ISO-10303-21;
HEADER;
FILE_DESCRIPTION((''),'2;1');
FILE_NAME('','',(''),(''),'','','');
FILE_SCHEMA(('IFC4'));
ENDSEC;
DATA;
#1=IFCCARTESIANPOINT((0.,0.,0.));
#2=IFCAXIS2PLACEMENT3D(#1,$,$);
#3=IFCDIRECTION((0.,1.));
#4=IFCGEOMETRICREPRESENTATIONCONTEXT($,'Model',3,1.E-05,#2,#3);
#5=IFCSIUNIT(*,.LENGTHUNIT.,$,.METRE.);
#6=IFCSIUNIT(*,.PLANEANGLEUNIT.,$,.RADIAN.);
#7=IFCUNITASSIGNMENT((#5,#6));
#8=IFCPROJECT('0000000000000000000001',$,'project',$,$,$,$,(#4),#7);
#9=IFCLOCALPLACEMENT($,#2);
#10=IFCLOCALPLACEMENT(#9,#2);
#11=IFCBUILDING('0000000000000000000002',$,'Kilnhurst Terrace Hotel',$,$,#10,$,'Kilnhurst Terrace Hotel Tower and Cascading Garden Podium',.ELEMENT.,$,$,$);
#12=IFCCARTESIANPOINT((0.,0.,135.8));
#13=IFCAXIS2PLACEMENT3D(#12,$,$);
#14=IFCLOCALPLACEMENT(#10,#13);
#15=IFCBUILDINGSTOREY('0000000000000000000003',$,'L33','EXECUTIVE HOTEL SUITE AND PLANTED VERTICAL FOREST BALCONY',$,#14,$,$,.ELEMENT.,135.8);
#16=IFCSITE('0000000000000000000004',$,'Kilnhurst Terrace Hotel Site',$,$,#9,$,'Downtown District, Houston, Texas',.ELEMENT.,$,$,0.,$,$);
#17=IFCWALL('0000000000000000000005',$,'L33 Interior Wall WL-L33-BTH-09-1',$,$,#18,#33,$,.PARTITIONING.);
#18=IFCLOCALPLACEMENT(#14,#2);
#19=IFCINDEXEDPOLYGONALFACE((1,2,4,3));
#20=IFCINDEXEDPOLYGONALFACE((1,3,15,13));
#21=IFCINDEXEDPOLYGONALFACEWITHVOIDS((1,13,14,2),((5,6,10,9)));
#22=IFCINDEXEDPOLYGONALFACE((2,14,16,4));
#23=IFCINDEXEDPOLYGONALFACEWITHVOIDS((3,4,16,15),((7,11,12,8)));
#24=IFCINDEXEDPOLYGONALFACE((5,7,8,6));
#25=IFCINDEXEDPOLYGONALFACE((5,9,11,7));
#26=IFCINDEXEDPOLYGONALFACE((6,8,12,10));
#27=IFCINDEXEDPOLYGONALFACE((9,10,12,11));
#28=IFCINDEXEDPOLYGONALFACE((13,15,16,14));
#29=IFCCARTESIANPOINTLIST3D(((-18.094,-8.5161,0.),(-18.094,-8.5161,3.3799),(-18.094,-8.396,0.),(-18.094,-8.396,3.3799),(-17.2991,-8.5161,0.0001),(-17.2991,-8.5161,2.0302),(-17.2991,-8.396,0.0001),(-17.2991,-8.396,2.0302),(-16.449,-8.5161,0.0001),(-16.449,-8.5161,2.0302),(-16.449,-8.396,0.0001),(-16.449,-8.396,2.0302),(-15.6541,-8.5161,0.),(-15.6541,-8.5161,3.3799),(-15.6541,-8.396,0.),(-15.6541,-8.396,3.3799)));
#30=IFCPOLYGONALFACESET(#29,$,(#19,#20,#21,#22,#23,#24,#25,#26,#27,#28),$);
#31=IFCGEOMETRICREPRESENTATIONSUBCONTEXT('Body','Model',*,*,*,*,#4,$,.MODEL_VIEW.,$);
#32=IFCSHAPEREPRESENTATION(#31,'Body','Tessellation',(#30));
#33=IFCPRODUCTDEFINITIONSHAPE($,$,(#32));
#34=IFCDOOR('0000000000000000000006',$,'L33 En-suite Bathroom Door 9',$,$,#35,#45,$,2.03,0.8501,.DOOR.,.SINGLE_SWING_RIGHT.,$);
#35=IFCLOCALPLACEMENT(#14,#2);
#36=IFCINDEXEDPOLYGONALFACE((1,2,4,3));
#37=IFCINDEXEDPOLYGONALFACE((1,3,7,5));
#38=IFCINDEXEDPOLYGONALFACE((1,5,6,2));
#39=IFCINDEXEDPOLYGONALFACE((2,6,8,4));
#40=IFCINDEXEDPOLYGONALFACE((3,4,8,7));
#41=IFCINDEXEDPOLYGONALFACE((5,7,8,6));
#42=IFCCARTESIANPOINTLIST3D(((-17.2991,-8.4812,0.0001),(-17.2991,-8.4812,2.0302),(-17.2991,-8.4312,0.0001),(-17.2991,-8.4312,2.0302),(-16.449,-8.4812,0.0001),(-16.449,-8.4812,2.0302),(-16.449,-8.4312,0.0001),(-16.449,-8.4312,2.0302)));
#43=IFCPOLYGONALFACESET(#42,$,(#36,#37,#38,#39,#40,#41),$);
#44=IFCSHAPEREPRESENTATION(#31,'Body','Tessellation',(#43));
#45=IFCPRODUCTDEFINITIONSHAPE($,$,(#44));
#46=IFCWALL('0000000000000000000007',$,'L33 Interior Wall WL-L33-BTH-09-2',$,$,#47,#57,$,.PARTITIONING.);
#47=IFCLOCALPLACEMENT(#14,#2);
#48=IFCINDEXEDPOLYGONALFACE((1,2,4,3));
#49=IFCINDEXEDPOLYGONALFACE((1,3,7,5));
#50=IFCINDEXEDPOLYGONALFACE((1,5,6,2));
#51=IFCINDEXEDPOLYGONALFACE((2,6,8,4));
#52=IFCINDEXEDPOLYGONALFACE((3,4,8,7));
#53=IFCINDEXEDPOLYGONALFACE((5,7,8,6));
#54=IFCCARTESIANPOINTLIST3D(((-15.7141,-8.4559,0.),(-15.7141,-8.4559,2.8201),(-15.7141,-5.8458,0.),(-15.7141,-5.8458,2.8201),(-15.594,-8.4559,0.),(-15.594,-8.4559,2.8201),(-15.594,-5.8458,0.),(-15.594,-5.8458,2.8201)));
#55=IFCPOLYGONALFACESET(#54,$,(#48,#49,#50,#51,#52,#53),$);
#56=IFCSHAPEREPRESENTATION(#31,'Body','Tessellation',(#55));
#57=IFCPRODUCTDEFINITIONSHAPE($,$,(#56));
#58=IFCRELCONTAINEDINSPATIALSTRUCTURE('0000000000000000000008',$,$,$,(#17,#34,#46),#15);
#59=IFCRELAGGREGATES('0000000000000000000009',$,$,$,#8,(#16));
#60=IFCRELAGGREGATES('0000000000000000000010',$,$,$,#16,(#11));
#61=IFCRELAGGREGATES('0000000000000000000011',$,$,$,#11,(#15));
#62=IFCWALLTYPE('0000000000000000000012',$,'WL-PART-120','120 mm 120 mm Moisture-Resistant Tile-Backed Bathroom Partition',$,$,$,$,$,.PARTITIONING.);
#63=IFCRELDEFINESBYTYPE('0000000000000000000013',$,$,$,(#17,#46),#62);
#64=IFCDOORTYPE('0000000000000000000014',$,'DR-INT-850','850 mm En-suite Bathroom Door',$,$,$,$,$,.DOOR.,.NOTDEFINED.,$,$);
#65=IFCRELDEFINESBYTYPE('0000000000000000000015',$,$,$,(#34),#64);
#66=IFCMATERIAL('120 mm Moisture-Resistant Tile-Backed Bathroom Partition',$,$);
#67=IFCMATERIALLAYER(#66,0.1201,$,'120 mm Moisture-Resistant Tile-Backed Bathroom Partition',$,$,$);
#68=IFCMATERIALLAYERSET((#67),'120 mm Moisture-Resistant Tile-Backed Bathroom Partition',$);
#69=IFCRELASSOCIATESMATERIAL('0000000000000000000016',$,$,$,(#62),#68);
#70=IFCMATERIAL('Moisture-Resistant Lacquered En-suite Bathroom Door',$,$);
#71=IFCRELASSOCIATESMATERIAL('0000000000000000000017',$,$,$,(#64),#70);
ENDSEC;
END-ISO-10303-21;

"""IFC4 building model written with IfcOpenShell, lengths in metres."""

from ifc_helpers import new_model, si_unit, direction, frame, frame_2d, origin, place, context, subcontext, project, spatial, rectangle, extrude, material, layer, layer_set, type_object, element, fill, save


model = new_model("IFC4")

# Units and contexts
model_context = context("Model", 3, precision=1e-05, world=origin(), true_north=direction((0.0, 1.0)))
body_context = subcontext(model_context, "Body", "Model", "MODEL_VIEW")
ifc_project = project(units=[si_unit("LENGTHUNIT", "METRE"), si_unit("PLANEANGLEUNIT", "RADIAN")], contexts=[model_context])

# Site, building, storey
site_placement = place(None, origin())
site = spatial("IfcSite", under=ifc_project, at=site_placement, Name="Kilnhurst Terrace Hotel Site", LongName="Downtown District, Houston, Texas", CompositionType="ELEMENT", RefElevation=0.0)
building_placement = place(site_placement, origin())
building = spatial("IfcBuilding", under=site, at=building_placement, Name="Kilnhurst Terrace Hotel", LongName="Kilnhurst Terrace Hotel Tower and Cascading Garden Podium", CompositionType="ELEMENT")
storey_placement = place(building_placement, frame((0.0, 0.0, 135.8)))
storey = spatial("IfcBuildingStorey", under=building, at=storey_placement, Name="L33", Description="EXECUTIVE HOTEL SUITE AND PLANTED VERTICAL FOREST BALCONY", CompositionType="ELEMENT", Elevation=135.8)

# Wall, opening, door
ifc_material_1 = material(Name="120 mm Moisture-Resistant Tile-Backed Bathroom Partition")
ifc_layer_1 = layer(ifc_material_1, 0.1201, Name="120 mm Moisture-Resistant Tile-Backed Bathroom Partition")
ifc_layer_set_1 = layer_set([ifc_layer_1], Name="120 mm Moisture-Resistant Tile-Backed Bathroom Partition")
wall_type_1 = type_object("IfcWallType", Name="WL-PART-120", Description="120 mm 120 mm Moisture-Resistant Tile-Backed Bathroom Partition", PredefinedType="PARTITIONING", material=ifc_layer_set_1)
wall_1_placement = place(storey_placement, frame((-18.094, -8.4561, 0.0), z_axis=(0.0, 0.0, 1.0), x_axis=(1.0, 0.0, 0.0)))
wall_1 = element("IfcWall", 1, at=wall_1_placement, inside=storey, type_object=wall_type_1, Name="L33 Interior Wall WL-L33-BTH-09-1", PredefinedType="PARTITIONING", context=body_context, shape_type="SweptSolid", body=[
    extrude(rectangle(XDim=2.4399, YDim=0.1201, at=frame_2d((1.22, 0.0))), origin(), (0.0, 0.0, 1.0), 3.3799),
])
opening_1_placement = place(wall_1_placement, frame((0.7949, 0.0, 0.0)))
opening_1 = element("IfcOpeningElement", 2, at=opening_1_placement, cuts=wall_1, PredefinedType="OPENING", context=body_context, shape_type="SweptSolid", body=[
    extrude(rectangle(XDim=0.8501, YDim=2.03, at=frame_2d((0.425, 1.0151))), frame((0.0, 0.0701, 0.0), z_axis=(0.0, -1.0, 0.0), x_axis=(1.0, 0.0, 0.0)), (0.0, 0.0, 1.0), 0.1401),
])
ifc_material_2 = material(Name="Moisture-Resistant Lacquered En-suite Bathroom Door")
door_type_1 = type_object("IfcDoorType", Name="DR-INT-850", Description="850 mm En-suite Bathroom Door", OperationType="NOTDEFINED", PredefinedType="DOOR", material=ifc_material_2)
door_1_placement = place(opening_1_placement, origin())
door_1 = element("IfcDoor", 3, at=door_1_placement, inside=storey, type_object=door_type_1, Name="L33 En-suite Bathroom Door 9", OperationType="SINGLE_SWING_RIGHT", OverallHeight=2.03, OverallWidth=0.8501, PredefinedType="DOOR", context=body_context, shape_type="SweptSolid", body=[
    extrude(rectangle(XDim=0.8501, YDim=2.03, at=frame_2d((0.425, 1.0151))), frame((0.0, 0.0249, 0.0), z_axis=(0.0, -1.0, 0.0), x_axis=(1.0, 0.0, 0.0)), (0.0, 0.0, 1.0), 0.05),
])
fill(opening_1, door_1)

# Wall
wall_2_placement = place(storey_placement, frame((-15.6541, -8.4561, 0.0), z_axis=(0.0, 0.0, 1.0), x_axis=(0.0, 1.0, 0.0)))
element("IfcWall", 4, at=wall_2_placement, inside=storey, type_object=wall_type_1, Name="L33 Interior Wall WL-L33-BTH-09-2", PredefinedType="PARTITIONING", context=body_context, shape_type="SweptSolid", body=[
    extrude(rectangle(XDim=2.6101, YDim=0.1201, at=frame_2d((1.3052, 0.0))), origin(), (0.0, 0.0, 1.0), 2.8201),
])

save(model, "model.ifc")
